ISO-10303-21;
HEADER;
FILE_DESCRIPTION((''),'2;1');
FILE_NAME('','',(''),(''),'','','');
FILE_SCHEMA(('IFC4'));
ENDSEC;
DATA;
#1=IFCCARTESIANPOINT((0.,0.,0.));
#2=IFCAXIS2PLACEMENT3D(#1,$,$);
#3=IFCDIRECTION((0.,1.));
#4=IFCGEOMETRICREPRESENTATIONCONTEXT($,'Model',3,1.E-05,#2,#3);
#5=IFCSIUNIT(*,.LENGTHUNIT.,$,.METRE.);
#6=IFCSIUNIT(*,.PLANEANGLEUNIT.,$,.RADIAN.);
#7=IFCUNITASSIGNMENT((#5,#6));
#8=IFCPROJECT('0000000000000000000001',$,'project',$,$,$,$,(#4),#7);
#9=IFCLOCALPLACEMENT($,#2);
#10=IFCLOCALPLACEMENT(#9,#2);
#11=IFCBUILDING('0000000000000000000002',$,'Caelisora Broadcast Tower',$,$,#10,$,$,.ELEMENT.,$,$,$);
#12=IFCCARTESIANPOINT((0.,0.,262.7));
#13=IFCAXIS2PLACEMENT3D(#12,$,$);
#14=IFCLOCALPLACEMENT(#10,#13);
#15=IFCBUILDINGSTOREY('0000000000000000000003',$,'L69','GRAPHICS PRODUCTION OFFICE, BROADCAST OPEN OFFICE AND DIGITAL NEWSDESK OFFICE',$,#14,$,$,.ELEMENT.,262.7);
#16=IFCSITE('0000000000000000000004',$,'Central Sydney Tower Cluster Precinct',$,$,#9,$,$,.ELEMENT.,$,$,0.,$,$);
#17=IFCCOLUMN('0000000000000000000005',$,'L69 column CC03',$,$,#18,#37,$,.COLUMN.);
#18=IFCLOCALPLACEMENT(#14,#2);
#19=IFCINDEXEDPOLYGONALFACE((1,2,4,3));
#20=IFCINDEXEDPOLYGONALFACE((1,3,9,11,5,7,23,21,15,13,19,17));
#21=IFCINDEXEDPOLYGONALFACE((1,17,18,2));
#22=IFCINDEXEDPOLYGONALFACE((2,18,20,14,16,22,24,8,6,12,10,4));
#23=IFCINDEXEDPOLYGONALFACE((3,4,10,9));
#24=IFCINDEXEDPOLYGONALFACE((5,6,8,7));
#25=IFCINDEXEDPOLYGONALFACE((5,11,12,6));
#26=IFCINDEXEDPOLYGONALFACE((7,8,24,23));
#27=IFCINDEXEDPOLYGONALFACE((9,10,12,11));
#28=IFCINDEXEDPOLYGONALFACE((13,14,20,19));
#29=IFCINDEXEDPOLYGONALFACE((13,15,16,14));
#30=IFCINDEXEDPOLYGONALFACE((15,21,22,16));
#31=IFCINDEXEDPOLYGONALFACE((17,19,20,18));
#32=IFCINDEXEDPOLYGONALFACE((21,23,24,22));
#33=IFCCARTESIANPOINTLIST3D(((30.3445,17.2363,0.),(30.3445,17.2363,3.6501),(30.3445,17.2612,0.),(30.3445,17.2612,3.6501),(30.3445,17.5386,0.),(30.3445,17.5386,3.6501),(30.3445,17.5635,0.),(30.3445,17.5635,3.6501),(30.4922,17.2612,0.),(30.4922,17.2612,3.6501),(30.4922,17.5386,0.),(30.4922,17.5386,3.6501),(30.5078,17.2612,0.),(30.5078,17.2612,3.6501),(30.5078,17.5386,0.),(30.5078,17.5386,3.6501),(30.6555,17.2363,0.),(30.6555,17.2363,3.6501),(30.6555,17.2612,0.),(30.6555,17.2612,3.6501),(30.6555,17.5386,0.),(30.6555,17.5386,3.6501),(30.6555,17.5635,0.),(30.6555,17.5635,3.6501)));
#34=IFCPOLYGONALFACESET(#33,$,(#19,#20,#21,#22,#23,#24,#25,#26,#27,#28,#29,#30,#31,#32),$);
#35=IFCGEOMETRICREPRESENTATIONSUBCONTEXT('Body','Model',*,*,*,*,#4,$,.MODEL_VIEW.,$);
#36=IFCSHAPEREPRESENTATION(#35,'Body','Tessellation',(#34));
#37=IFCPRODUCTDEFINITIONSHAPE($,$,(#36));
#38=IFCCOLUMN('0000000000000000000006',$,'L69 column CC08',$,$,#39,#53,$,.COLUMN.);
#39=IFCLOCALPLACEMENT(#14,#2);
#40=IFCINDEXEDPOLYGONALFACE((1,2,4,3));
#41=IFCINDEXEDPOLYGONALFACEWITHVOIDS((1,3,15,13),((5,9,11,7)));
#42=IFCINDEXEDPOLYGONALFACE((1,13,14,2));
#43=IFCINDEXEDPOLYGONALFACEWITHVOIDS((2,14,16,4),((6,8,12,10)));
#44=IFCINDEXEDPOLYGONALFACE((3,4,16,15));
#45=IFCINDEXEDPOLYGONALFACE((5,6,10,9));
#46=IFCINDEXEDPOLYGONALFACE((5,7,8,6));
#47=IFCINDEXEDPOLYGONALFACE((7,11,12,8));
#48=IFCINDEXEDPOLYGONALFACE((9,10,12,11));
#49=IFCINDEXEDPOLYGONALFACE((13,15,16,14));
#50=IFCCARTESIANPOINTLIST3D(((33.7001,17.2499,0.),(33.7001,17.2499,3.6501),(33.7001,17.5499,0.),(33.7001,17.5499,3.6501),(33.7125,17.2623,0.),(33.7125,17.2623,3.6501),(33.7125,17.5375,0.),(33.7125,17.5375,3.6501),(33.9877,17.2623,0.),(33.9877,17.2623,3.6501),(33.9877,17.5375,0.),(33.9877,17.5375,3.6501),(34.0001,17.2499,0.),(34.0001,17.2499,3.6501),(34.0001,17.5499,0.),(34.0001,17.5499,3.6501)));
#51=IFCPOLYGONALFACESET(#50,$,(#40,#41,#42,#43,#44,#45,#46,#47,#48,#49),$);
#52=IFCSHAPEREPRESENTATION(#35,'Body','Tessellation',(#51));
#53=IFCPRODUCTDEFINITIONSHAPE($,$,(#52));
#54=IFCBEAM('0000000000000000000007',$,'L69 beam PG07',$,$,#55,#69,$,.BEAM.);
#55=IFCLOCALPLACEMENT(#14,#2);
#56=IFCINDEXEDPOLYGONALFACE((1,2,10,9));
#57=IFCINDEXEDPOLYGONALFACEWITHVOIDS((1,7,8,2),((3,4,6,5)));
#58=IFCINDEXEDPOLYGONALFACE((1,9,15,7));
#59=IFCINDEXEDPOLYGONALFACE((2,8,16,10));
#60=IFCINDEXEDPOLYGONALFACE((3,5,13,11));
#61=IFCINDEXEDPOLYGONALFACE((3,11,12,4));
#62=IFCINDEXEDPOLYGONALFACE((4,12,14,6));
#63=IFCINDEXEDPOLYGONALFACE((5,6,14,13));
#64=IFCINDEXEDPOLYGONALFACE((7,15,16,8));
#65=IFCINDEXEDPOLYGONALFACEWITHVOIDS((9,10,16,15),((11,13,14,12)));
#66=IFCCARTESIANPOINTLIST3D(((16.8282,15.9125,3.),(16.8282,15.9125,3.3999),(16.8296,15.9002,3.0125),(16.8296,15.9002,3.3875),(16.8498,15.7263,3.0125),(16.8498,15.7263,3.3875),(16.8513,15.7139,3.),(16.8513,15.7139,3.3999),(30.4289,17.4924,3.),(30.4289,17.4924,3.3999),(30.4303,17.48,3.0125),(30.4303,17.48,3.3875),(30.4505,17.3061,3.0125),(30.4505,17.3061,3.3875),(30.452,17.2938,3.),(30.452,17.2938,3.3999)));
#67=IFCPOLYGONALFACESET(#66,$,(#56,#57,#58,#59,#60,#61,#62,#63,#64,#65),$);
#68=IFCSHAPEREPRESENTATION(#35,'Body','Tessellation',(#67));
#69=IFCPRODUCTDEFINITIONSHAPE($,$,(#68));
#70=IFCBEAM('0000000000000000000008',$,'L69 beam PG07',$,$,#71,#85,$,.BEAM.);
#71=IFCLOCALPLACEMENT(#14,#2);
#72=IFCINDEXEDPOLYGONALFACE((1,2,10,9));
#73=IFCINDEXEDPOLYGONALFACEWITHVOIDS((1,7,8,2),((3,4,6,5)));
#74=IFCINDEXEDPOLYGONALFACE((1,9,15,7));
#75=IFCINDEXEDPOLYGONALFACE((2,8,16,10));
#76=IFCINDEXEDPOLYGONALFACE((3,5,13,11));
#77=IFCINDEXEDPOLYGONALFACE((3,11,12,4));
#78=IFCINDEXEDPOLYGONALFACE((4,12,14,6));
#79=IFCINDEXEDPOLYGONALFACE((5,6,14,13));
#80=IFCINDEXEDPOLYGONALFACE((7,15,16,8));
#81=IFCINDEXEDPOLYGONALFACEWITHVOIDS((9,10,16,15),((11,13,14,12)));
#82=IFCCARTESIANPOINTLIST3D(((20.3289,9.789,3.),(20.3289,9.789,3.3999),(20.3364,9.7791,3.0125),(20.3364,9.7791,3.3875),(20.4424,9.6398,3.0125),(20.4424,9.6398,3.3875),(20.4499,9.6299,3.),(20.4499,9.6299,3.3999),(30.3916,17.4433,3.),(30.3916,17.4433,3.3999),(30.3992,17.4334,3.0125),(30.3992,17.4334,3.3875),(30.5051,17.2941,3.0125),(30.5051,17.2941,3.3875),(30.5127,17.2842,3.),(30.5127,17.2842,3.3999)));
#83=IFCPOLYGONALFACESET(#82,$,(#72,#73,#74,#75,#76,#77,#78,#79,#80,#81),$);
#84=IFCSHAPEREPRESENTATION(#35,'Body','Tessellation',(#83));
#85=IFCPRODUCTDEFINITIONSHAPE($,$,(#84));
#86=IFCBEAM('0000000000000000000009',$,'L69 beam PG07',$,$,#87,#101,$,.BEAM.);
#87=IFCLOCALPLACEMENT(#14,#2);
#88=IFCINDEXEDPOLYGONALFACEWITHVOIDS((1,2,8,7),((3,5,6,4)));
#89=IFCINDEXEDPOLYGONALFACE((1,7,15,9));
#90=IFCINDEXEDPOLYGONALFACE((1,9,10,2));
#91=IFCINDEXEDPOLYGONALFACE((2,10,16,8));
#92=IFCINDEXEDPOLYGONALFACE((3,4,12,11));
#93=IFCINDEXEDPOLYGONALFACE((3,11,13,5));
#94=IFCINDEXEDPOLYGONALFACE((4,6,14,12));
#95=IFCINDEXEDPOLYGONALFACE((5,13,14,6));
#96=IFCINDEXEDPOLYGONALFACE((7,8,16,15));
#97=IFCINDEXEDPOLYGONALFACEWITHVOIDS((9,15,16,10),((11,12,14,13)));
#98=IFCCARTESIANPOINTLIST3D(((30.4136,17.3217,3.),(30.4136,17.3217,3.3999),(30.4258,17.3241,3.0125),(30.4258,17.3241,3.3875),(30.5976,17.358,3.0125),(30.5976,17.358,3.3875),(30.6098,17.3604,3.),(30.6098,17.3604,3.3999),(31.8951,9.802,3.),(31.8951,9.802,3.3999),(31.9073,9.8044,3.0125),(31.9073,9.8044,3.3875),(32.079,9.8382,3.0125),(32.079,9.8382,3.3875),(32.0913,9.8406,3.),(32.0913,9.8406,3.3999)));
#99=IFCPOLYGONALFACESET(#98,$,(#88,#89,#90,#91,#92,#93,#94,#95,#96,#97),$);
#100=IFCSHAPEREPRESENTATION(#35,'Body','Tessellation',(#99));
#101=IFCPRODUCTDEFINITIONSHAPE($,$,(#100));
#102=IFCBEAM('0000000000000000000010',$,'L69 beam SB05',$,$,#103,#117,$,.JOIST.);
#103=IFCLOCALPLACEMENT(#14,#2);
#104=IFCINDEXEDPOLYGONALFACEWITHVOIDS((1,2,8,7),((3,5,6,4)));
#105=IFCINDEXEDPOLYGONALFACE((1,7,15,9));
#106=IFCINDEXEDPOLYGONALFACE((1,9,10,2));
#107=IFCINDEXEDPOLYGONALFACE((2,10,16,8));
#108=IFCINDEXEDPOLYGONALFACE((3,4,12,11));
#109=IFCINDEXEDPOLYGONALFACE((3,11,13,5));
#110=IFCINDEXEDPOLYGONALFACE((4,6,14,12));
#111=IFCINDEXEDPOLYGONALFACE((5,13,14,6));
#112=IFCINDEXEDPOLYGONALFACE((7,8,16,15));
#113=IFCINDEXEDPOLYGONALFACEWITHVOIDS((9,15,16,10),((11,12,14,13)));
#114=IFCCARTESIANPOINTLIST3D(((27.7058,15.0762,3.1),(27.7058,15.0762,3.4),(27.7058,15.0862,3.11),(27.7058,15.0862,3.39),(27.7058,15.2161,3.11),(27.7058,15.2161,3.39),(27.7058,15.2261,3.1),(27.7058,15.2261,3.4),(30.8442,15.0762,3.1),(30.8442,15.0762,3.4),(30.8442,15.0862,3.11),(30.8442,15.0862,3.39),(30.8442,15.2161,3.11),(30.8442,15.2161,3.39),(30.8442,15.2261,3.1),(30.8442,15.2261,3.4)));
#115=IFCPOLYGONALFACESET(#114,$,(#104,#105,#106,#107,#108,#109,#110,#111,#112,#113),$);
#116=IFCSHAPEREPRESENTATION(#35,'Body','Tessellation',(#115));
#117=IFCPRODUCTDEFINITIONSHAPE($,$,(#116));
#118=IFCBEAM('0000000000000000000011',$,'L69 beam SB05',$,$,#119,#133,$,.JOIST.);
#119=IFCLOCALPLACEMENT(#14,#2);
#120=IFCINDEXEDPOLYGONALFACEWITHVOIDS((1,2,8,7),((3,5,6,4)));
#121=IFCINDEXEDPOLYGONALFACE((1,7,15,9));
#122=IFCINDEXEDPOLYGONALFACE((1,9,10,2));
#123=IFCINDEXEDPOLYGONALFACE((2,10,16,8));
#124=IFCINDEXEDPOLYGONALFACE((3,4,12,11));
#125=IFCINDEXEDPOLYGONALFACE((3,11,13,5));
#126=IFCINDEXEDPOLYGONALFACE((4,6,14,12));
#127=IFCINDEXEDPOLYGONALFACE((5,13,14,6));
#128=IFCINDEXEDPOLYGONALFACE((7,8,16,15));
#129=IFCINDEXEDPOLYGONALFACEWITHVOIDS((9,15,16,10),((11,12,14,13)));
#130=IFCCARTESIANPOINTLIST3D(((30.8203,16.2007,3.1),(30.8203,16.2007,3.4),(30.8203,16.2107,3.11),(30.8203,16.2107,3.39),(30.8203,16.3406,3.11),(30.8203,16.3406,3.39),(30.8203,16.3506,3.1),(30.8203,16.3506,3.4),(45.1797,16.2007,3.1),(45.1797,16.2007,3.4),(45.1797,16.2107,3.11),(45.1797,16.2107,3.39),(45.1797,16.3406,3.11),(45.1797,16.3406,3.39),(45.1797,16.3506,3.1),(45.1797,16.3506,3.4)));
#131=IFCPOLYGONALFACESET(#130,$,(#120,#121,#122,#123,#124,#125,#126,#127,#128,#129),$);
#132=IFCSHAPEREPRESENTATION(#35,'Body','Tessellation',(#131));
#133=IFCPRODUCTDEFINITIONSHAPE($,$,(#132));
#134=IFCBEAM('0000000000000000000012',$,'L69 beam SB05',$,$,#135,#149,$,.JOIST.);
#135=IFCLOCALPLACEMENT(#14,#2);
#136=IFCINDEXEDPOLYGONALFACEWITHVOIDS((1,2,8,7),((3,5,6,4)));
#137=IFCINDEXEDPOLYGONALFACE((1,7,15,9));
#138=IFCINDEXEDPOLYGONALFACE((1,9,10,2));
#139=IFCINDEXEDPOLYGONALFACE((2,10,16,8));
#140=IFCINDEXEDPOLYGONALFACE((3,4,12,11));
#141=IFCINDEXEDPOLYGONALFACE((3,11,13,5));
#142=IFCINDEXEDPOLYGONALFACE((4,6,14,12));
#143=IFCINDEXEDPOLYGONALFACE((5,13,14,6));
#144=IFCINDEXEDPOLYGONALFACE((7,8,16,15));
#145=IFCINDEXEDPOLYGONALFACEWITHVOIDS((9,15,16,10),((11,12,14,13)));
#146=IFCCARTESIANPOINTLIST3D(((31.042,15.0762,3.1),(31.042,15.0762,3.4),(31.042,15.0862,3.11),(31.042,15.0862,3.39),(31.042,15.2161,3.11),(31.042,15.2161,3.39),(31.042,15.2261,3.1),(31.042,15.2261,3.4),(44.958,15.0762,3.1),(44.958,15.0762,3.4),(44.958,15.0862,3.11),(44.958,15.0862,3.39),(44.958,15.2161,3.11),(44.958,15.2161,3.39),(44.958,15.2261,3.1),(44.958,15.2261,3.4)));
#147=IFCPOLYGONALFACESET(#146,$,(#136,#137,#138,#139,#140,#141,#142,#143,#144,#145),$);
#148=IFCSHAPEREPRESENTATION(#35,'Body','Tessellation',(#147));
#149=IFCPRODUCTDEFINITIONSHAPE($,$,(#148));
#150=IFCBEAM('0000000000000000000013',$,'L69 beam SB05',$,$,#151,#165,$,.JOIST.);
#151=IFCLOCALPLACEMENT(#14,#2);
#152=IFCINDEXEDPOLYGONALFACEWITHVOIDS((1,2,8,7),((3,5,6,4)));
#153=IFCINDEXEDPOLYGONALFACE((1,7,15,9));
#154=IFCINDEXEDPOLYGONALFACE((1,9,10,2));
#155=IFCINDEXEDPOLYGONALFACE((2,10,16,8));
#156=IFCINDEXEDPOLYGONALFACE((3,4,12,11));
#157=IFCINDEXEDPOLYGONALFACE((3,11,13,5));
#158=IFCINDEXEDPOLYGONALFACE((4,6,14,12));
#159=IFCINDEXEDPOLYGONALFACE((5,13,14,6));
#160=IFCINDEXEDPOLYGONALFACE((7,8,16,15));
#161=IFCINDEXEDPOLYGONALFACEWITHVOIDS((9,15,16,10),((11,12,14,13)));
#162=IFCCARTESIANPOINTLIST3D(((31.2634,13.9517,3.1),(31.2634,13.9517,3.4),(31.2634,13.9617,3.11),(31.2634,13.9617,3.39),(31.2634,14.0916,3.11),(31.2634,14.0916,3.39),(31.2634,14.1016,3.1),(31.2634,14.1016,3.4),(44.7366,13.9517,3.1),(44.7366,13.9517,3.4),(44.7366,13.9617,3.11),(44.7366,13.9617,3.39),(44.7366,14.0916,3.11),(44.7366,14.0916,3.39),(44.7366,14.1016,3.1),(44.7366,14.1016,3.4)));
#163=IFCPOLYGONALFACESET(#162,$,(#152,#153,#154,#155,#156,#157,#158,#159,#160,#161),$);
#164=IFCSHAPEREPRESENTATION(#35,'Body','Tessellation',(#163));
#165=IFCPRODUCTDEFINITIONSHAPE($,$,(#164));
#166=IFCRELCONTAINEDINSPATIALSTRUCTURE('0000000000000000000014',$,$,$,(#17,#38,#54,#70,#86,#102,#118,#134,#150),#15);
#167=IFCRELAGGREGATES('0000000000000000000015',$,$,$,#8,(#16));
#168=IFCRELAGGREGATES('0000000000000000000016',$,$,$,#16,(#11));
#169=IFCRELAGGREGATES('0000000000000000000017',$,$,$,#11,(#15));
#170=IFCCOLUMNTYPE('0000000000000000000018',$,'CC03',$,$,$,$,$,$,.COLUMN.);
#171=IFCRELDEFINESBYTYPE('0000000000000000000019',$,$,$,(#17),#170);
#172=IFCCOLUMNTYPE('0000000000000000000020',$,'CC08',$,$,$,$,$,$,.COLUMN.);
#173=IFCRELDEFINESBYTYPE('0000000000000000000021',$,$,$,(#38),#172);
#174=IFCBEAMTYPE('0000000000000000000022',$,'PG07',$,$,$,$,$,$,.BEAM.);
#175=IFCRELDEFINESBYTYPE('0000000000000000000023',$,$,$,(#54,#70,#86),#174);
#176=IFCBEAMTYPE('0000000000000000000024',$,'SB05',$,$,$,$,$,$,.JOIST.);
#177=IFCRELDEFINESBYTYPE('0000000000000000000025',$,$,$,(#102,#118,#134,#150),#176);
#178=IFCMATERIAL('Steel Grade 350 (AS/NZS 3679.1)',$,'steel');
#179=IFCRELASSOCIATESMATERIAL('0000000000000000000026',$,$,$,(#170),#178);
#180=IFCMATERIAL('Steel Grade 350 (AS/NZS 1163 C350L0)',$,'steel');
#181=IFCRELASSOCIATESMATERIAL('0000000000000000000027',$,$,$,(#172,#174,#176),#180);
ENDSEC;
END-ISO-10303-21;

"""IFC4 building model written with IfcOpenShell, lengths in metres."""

from ifc_helpers import new_model, si_unit, direction, frame, origin, origin_2d, place, context, subcontext, project, spatial, hollow_rectangle, i_section, extrude, source, transform, mapped, material, material_profile, profile_set, type_object, type_shapes, element, save


model = new_model("IFC4")

# Units and contexts
model_context = context("Model", 3, precision=1e-05, world=origin(), true_north=direction((0.0, 1.0)))
body_context = subcontext(model_context, "Body", "Model", "MODEL_VIEW")
ifc_project = project(units=[si_unit("LENGTHUNIT", "METRE"), si_unit("PLANEANGLEUNIT", "RADIAN")], contexts=[model_context])

# Site, building, storey
site_placement = place(None, origin())
site = spatial("IfcSite", under=ifc_project, at=site_placement, Name="Central Sydney Tower Cluster Precinct", CompositionType="ELEMENT", RefElevation=0.0)
building_placement = place(site_placement, origin())
building = spatial("IfcBuilding", under=site, at=building_placement, Name="Caelisora Broadcast Tower", CompositionType="ELEMENT")
storey_placement = place(building_placement, frame((0.0, 0.0, 262.7)))
storey = spatial("IfcBuildingStorey", under=building, at=storey_placement, Name="L69", Description="GRAPHICS PRODUCTION OFFICE, BROADCAST OPEN OFFICE AND DIGITAL NEWSDESK OFFICE", CompositionType="ELEMENT", Elevation=262.7)

# Columns
ifc_material_1 = material(Name="Steel Grade 350 (AS/NZS 3679.1)", Category="steel")
ifc_material_profile_1 = material_profile(ifc_material_1, i_section(OverallWidth=0.311, OverallDepth=0.3271, WebThickness=0.0156, FlangeThickness=0.0249, at=origin_2d()), Name="Steel Grade 350 (AS/NZS 3679.1)")
ifc_profile_set_1 = profile_set([ifc_material_profile_1], Name="Steel Grade 350 (AS/NZS 3679.1)")
column_type_1 = type_object("IfcColumnType", Name="CC03", PredefinedType="COLUMN", material=ifc_profile_set_1)
shared_shape_1 = source(origin(), body_context, "Body", "SweptSolid", [
    extrude(i_section(OverallWidth=0.311, OverallDepth=0.3271, WebThickness=0.0156, FlangeThickness=0.0249, at=origin_2d()), origin(), (0.0, 0.0, 1.0), 3.6501),
])
type_shapes(column_type_1, [shared_shape_1])
column_1_placement = place(storey_placement, frame((30.5, 17.3999, 0.0), z_axis=(0.0, 0.0, 1.0), x_axis=(1.0, 0.0, 0.0)))
element("IfcColumn", 1, at=column_1_placement, inside=storey, type_object=column_type_1, Name="L69 column CC03", PredefinedType="COLUMN", context=body_context, shape_type="MappedRepresentation", body=[
    mapped(shared_shape_1, transform((0.0, 0.0, 0.0), scale=1.0)),
])
ifc_material_2 = material(Name="Steel Grade 350 (AS/NZS 1163 C350L0)", Category="steel")
ifc_material_profile_2 = material_profile(ifc_material_2, hollow_rectangle(XDim=0.3, YDim=0.3, WallThickness=0.0125, at=origin_2d()), Name="Steel Grade 350 (AS/NZS 1163 C350L0)")
ifc_profile_set_2 = profile_set([ifc_material_profile_2], Name="Steel Grade 350 (AS/NZS 1163 C350L0)")
column_type_2 = type_object("IfcColumnType", Name="CC08", PredefinedType="COLUMN", material=ifc_profile_set_2)
shared_shape_2 = source(origin(), body_context, "Body", "SweptSolid", [
    extrude(hollow_rectangle(XDim=0.3, YDim=0.3, WallThickness=0.0125, at=origin_2d()), origin(), (0.0, 0.0, 1.0), 3.6501),
])
type_shapes(column_type_2, [shared_shape_2])
column_2_placement = place(storey_placement, frame((33.8501, 17.3999, 0.0), z_axis=(0.0, 0.0, 1.0), x_axis=(1.0, 0.0, 0.0)))
element("IfcColumn", 2, at=column_2_placement, inside=storey, type_object=column_type_2, Name="L69 column CC08", PredefinedType="COLUMN", context=body_context, shape_type="MappedRepresentation", body=[
    mapped(shared_shape_2, transform((0.0, 0.0, 0.0), scale=1.0)),
])

# Beams
ifc_material_profile_3 = material_profile(ifc_material_2, hollow_rectangle(XDim=0.2, YDim=0.3999, WallThickness=0.0125, at=origin_2d()), Name="Steel Grade 350 (AS/NZS 1163 C350L0)")
ifc_profile_set_3 = profile_set([ifc_material_profile_3], Name="Steel Grade 350 (AS/NZS 1163 C350L0)")
beam_type_1 = type_object("IfcBeamType", Name="PG07", PredefinedType="BEAM", material=ifc_profile_set_3)
shared_shape_3 = source(origin(), body_context, "Body", "SweptSolid", [
    extrude(hollow_rectangle(XDim=0.2, YDim=0.3999, WallThickness=0.0125, at=origin_2d()), origin(), (0.0, 0.0, 1.0), 13.6921),
])
beam_1_placement = place(storey_placement, frame((30.4404, 17.3931, 3.2), z_axis=(-0.993321, -0.115383, 0.0), x_axis=(0.115383, -0.993321, 0.0)))
element("IfcBeam", 3, at=beam_1_placement, inside=storey, type_object=beam_type_1, Name="L69 beam PG07", PredefinedType="BEAM", context=body_context, shape_type="MappedRepresentation", body=[
    mapped(shared_shape_3, transform((0.0, 0.0, 0.0), scale=1.0)),
])
shared_shape_4 = source(origin(), body_context, "Body", "SweptSolid", [
    extrude(hollow_rectangle(XDim=0.2, YDim=0.3999, WallThickness=0.0125, at=origin_2d()), origin(), (0.0, 0.0, 1.0), 12.6431),
])
beam_2_placement = place(storey_placement, frame((30.4521, 17.3638, 3.2), z_axis=(-0.79591, -0.605415, 0.0), x_axis=(0.605415, -0.79591, 0.0)))
element("IfcBeam", 4, at=beam_2_placement, inside=storey, type_object=beam_type_1, Name="L69 beam PG07", PredefinedType="BEAM", context=body_context, shape_type="MappedRepresentation", body=[
    mapped(shared_shape_4, transform((0.0, 0.0, 0.0), scale=1.0)),
])
shared_shape_5 = source(origin(), body_context, "Body", "SweptSolid", [
    extrude(hollow_rectangle(XDim=0.2, YDim=0.3999, WallThickness=0.0125, at=origin_2d()), origin(), (0.0, 0.0, 1.0), 7.6643),
])
type_shapes(beam_type_1, [shared_shape_3, shared_shape_4, shared_shape_5])
beam_3_placement = place(storey_placement, frame((30.5117, 17.3411, 3.2), z_axis=(0.193291, -0.981141, 0.0), x_axis=(0.981141, 0.193291, 0.0)))
element("IfcBeam", 5, at=beam_3_placement, inside=storey, type_object=beam_type_1, Name="L69 beam PG07", PredefinedType="BEAM", context=body_context, shape_type="MappedRepresentation", body=[
    mapped(shared_shape_5, transform((0.0, 0.0, 0.0), scale=1.0)),
])
ifc_material_profile_4 = material_profile(ifc_material_2, hollow_rectangle(XDim=0.1499, YDim=0.3, WallThickness=0.01, at=origin_2d()), Name="Steel Grade 350 (AS/NZS 1163 C350L0)")
ifc_profile_set_4 = profile_set([ifc_material_profile_4], Name="Steel Grade 350 (AS/NZS 1163 C350L0)")
beam_type_2 = type_object("IfcBeamType", Name="SB05", PredefinedType="JOIST", material=ifc_profile_set_4)
shared_shape_6 = source(origin(), body_context, "Body", "SweptSolid", [
    extrude(hollow_rectangle(XDim=0.1499, YDim=0.3, WallThickness=0.01, at=origin_2d()), origin(), (0.0, 0.0, 1.0), 3.1384),
])
beam_4_placement = place(storey_placement, frame((27.7058, 15.1511, 3.25), z_axis=(1.0, 0.0, 0.0), x_axis=(0.0, 1.0, 0.0)))
element("IfcBeam", 6, at=beam_4_placement, inside=storey, type_object=beam_type_2, Name="L69 beam SB05", PredefinedType="JOIST", context=body_context, shape_type="MappedRepresentation", body=[
    mapped(shared_shape_6, transform((0.0, 0.0, 0.0), scale=1.0)),
])
shared_shape_7 = source(origin(), body_context, "Body", "SweptSolid", [
    extrude(hollow_rectangle(XDim=0.1499, YDim=0.3, WallThickness=0.01, at=origin_2d()), origin(), (0.0, 0.0, 1.0), 14.3594),
])
beam_5_placement = place(storey_placement, frame((30.8203, 16.2756, 3.25), z_axis=(1.0, 0.0, 0.0), x_axis=(0.0, 1.0, 0.0)))
element("IfcBeam", 7, at=beam_5_placement, inside=storey, type_object=beam_type_2, Name="L69 beam SB05", PredefinedType="JOIST", context=body_context, shape_type="MappedRepresentation", body=[
    mapped(shared_shape_7, transform((0.0, 0.0, 0.0), scale=1.0)),
])
shared_shape_8 = source(origin(), body_context, "Body", "SweptSolid", [
    extrude(hollow_rectangle(XDim=0.1499, YDim=0.3, WallThickness=0.01, at=origin_2d()), origin(), (0.0, 0.0, 1.0), 13.916),
])
beam_6_placement = place(storey_placement, frame((31.042, 15.1511, 3.25), z_axis=(1.0, 0.0, 0.0), x_axis=(0.0, 1.0, 0.0)))
element("IfcBeam", 8, at=beam_6_placement, inside=storey, type_object=beam_type_2, Name="L69 beam SB05", PredefinedType="JOIST", context=body_context, shape_type="MappedRepresentation", body=[
    mapped(shared_shape_8, transform((0.0, 0.0, 0.0), scale=1.0)),
])
shared_shape_9 = source(origin(), body_context, "Body", "SweptSolid", [
    extrude(hollow_rectangle(XDim=0.1499, YDim=0.3, WallThickness=0.01, at=origin_2d()), origin(), (0.0, 0.0, 1.0), 13.4731),
])
type_shapes(beam_type_2, [shared_shape_6, shared_shape_7, shared_shape_8, shared_shape_9])
beam_7_placement = place(storey_placement, frame((31.2634, 14.0266, 3.25), z_axis=(1.0, 0.0, 0.0), x_axis=(0.0, 1.0, 0.0)))
element("IfcBeam", 9, at=beam_7_placement, inside=storey, type_object=beam_type_2, Name="L69 beam SB05", PredefinedType="JOIST", context=body_context, shape_type="MappedRepresentation", body=[
    mapped(shared_shape_9, transform((0.0, 0.0, 0.0), scale=1.0)),
])

save(model, "model.ifc")
